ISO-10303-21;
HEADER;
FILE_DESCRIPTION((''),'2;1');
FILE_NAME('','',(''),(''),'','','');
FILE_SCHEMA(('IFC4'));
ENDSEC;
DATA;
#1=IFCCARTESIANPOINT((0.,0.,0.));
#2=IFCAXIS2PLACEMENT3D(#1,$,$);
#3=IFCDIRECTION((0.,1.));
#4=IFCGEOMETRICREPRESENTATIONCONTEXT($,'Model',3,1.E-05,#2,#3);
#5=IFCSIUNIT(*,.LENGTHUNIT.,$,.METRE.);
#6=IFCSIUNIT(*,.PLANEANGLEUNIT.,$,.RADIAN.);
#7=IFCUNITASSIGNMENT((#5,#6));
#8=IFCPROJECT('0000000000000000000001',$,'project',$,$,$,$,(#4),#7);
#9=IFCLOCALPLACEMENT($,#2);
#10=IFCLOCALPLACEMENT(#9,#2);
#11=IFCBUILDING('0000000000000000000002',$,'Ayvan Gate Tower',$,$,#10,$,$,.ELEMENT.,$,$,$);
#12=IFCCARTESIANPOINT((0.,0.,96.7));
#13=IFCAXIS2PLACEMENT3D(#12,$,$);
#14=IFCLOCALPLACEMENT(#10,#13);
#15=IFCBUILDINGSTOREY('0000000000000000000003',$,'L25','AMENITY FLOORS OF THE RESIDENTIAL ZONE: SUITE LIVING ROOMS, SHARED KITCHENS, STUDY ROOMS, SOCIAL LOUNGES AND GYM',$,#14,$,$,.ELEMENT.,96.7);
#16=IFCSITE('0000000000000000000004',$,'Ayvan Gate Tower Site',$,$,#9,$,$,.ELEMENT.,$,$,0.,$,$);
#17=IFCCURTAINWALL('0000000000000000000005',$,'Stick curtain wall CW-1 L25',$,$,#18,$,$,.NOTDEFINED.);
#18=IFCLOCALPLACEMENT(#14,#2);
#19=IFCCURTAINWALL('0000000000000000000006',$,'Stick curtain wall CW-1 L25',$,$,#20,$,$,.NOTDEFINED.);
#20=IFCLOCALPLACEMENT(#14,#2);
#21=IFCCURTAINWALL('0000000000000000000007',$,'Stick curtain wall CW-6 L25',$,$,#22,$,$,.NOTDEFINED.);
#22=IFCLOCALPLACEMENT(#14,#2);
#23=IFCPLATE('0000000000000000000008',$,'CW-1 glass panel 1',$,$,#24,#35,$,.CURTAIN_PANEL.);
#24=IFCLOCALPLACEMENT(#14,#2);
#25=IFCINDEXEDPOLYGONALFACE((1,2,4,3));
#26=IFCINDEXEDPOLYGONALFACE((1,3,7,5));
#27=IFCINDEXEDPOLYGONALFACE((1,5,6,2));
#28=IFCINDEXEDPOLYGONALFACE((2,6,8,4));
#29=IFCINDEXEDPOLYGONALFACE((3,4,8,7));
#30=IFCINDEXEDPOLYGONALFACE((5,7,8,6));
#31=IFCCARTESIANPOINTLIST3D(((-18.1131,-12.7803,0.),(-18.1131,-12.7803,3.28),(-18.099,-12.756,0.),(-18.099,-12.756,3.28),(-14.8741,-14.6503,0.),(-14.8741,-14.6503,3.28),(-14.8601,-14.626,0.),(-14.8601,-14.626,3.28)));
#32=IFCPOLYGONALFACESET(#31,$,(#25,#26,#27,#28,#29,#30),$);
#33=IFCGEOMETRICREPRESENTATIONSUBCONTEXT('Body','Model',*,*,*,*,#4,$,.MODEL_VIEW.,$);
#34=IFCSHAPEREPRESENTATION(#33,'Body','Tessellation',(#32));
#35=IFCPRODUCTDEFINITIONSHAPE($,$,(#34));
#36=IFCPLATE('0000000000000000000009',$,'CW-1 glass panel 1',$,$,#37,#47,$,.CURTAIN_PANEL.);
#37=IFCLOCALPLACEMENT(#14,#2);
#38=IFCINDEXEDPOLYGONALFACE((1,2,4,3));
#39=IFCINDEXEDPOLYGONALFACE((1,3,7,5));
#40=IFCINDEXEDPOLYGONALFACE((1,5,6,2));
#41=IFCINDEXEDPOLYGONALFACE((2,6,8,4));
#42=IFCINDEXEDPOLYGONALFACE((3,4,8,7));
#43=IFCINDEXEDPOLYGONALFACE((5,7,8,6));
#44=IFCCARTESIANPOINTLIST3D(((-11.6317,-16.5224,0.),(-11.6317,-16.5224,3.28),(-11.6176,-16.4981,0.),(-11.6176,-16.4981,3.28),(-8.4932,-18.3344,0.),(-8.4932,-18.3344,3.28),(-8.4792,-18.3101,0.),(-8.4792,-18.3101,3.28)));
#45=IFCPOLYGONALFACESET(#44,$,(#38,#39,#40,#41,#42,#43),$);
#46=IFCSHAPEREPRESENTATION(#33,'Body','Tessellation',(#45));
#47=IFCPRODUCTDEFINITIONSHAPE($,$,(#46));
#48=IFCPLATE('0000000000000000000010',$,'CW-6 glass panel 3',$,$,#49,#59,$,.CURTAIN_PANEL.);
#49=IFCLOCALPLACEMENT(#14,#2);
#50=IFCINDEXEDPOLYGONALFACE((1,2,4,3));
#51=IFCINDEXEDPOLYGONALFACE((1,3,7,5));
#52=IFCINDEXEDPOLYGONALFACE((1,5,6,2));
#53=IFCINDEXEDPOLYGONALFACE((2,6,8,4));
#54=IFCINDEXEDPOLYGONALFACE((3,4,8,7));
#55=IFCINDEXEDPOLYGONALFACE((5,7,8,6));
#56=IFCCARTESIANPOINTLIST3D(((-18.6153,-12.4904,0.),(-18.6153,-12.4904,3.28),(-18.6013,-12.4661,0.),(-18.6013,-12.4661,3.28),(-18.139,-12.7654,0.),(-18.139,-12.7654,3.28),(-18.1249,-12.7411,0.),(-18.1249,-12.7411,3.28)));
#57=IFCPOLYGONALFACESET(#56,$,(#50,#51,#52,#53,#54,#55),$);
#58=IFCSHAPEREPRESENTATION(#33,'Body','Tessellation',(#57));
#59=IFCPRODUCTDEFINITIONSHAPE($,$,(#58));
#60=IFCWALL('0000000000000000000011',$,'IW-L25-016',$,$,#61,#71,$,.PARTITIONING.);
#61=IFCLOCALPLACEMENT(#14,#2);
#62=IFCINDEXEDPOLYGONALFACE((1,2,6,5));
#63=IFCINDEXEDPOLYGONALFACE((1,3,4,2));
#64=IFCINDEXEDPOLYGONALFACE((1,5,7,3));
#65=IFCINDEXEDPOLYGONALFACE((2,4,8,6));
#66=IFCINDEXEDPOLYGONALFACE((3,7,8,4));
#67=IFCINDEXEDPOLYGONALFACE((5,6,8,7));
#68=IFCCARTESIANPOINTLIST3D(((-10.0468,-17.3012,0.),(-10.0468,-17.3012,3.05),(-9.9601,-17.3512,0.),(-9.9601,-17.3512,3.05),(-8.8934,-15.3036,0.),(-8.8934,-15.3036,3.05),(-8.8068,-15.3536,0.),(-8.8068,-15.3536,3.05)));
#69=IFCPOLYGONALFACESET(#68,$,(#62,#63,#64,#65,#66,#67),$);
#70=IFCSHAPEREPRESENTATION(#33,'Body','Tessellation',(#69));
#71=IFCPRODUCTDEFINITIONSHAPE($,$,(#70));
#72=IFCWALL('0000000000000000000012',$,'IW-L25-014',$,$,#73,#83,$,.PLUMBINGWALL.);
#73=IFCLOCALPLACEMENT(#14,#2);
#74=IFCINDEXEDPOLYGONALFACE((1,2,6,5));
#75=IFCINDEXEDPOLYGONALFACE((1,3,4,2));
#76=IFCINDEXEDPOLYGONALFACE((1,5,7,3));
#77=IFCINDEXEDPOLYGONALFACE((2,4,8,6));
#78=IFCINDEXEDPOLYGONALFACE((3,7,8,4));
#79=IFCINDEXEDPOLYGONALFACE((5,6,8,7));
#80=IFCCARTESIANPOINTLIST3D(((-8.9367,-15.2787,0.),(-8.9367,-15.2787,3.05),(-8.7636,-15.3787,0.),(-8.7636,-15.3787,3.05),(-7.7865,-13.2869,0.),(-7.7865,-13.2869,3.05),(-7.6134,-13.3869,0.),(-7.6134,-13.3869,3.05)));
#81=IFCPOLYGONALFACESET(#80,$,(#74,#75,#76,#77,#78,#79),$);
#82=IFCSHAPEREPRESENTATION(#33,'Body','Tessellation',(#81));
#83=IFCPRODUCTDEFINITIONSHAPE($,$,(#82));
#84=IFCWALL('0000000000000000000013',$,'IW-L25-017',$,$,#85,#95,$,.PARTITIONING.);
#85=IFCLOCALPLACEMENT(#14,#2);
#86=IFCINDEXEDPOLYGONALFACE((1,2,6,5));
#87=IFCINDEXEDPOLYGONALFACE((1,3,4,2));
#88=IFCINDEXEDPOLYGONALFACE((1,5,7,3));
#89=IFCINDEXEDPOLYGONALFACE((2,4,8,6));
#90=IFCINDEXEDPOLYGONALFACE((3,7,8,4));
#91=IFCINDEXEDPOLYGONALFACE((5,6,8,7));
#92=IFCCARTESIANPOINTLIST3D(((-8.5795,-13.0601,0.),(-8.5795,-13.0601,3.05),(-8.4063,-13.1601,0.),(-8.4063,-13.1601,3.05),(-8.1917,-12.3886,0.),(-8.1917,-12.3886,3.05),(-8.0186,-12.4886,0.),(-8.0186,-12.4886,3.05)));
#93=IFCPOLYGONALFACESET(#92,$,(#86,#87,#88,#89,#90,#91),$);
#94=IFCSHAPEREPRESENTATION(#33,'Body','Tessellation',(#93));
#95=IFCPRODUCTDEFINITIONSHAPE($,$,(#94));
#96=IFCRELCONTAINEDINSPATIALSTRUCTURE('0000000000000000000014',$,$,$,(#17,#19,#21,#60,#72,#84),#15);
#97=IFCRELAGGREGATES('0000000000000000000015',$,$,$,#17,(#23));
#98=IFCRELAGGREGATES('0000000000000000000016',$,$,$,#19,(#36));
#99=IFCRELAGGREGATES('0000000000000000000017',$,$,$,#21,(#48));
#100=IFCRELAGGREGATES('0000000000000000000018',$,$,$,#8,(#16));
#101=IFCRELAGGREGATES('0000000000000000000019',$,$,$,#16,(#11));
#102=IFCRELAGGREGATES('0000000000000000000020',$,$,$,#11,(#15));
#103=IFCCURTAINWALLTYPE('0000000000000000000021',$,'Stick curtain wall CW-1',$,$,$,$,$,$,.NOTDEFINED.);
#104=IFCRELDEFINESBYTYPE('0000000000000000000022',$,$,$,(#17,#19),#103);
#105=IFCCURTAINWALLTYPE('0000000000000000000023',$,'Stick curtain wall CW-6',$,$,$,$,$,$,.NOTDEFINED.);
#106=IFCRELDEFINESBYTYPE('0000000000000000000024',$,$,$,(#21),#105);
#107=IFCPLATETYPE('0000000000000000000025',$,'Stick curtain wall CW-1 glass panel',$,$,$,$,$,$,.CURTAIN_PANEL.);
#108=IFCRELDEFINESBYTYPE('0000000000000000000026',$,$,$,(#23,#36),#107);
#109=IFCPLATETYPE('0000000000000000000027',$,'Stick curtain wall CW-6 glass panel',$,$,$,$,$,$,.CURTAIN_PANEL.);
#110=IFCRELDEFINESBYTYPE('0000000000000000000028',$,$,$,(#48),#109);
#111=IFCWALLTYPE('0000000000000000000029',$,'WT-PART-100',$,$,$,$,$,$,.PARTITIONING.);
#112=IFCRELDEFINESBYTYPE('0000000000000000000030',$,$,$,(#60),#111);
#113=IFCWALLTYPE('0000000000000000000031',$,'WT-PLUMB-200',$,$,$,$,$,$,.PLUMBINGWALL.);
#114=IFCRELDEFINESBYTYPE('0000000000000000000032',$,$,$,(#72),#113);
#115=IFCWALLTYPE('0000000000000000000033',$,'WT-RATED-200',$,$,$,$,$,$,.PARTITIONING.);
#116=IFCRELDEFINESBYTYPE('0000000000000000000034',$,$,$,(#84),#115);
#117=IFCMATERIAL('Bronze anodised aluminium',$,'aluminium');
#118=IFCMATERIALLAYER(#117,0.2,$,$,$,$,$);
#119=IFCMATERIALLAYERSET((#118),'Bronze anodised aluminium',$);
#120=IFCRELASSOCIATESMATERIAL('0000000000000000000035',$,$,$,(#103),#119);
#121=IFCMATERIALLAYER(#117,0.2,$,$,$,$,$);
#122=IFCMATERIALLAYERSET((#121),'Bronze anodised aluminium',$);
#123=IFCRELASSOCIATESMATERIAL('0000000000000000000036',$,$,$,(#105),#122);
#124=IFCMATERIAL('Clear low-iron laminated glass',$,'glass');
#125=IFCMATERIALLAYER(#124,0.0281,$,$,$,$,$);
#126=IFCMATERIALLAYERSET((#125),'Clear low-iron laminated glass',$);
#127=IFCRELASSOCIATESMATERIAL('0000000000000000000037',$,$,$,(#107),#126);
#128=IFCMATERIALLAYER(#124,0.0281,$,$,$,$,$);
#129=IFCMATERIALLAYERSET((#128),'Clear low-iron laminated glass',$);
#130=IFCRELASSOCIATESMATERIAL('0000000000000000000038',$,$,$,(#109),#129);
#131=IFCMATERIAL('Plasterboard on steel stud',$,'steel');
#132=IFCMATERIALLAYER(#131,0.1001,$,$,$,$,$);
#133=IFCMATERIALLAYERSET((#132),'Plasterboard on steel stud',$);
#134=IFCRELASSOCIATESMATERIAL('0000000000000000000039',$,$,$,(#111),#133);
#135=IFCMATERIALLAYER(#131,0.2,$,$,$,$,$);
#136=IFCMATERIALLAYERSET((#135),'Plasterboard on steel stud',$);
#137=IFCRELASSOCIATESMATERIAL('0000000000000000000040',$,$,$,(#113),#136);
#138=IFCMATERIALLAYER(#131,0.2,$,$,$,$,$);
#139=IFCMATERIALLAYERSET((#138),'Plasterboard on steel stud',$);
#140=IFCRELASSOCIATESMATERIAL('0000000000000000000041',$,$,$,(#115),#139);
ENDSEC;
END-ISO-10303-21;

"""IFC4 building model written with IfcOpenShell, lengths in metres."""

from ifc_helpers import new_model, si_unit, direction, frame, frame_2d, origin, origin_2d, place, context, subcontext, project, spatial, rectangle, extrude, material, layer, layer_set, type_object, element, aggregate, save


model = new_model("IFC4")

# Units and contexts
model_context = context("Model", 3, precision=1e-05, world=origin(), true_north=direction((0.0, 1.0)))
body_context = subcontext(model_context, "Body", "Model", "MODEL_VIEW")
ifc_project = project(units=[si_unit("LENGTHUNIT", "METRE"), si_unit("PLANEANGLEUNIT", "RADIAN")], contexts=[model_context])

# Site, building, storey
site_placement = place(None, origin())
site = spatial("IfcSite", under=ifc_project, at=site_placement, Name="Ayvan Gate Tower Site", CompositionType="ELEMENT", RefElevation=0.0)
building_placement = place(site_placement, origin())
building = spatial("IfcBuilding", under=site, at=building_placement, Name="Ayvan Gate Tower", CompositionType="ELEMENT")
storey_placement = place(building_placement, frame((0.0, 0.0, 96.7)))
storey = spatial("IfcBuildingStorey", under=building, at=storey_placement, Name="L25", Description="AMENITY FLOORS OF THE RESIDENTIAL ZONE: SUITE LIVING ROOMS, SHARED KITCHENS, STUDY ROOMS, SOCIAL LOUNGES AND GYM", CompositionType="ELEMENT", Elevation=96.7)

# Curtain walls
ifc_material_1 = material(Name="Bronze anodised aluminium", Category="aluminium")
ifc_layer_1 = layer(ifc_material_1, 0.2)
ifc_layer_set_1 = layer_set([ifc_layer_1], Name="Bronze anodised aluminium")
curtain_wall_type_1 = type_object("IfcCurtainWallType", Name="Stick curtain wall CW-1", PredefinedType="NOTDEFINED", material=ifc_layer_set_1)
curtain_wall_1_placement = place(storey_placement, origin())
curtain_wall_1 = element("IfcCurtainWall", 1, at=curtain_wall_1_placement, inside=storey, type_object=curtain_wall_type_1, Name="Stick curtain wall CW-1 L25", PredefinedType="NOTDEFINED")
curtain_wall_2_placement = place(storey_placement, origin())
curtain_wall_2 = element("IfcCurtainWall", 2, at=curtain_wall_2_placement, inside=storey, type_object=curtain_wall_type_1, Name="Stick curtain wall CW-1 L25", PredefinedType="NOTDEFINED")

# Curtain wall
ifc_layer_2 = layer(ifc_material_1, 0.2)
ifc_layer_set_2 = layer_set([ifc_layer_2], Name="Bronze anodised aluminium")
curtain_wall_type_2 = type_object("IfcCurtainWallType", Name="Stick curtain wall CW-6", PredefinedType="NOTDEFINED", material=ifc_layer_set_2)
curtain_wall_3_placement = place(storey_placement, origin())
curtain_wall_3 = element("IfcCurtainWall", 3, at=curtain_wall_3_placement, inside=storey, type_object=curtain_wall_type_2, Name="Stick curtain wall CW-6 L25", PredefinedType="NOTDEFINED")

# Plates
ifc_material_2 = material(Name="Clear low-iron laminated glass", Category="glass")
ifc_layer_3 = layer(ifc_material_2, 0.0281)
ifc_layer_set_3 = layer_set([ifc_layer_3], Name="Clear low-iron laminated glass")
plate_type_1 = type_object("IfcPlateType", Name="Stick curtain wall CW-1 glass panel", PredefinedType="CURTAIN_PANEL", material=ifc_layer_set_3)
plate_1_placement = place(storey_placement, frame((-16.4866, -13.7031, 0.0), z_axis=(0.0, 0.0, 1.0), x_axis=(0.866025, -0.5, 0.0)))
plate_1 = element("IfcPlate", 4, at=plate_1_placement, type_object=plate_type_1, Name="CW-1 glass panel 1", PredefinedType="CURTAIN_PANEL", context=body_context, shape_type="SweptSolid", body=[
    extrude(rectangle(XDim=3.74, YDim=0.0281, at=origin_2d()), origin(), (0.0, 0.0, 1.0), 3.28),
])
aggregate(curtain_wall_1, [plate_1])
plate_2_placement = place(storey_placement, frame((-10.0554, -17.4163, 0.0), z_axis=(0.0, 0.0, 1.0), x_axis=(0.866025, -0.5, 0.0)))
plate_2 = element("IfcPlate", 5, at=plate_2_placement, type_object=plate_type_1, Name="CW-1 glass panel 1", PredefinedType="CURTAIN_PANEL", context=body_context, shape_type="SweptSolid", body=[
    extrude(rectangle(XDim=3.624, YDim=0.0281, at=origin_2d()), origin(), (0.0, 0.0, 1.0), 3.28),
])
aggregate(curtain_wall_2, [plate_2])
ifc_layer_4 = layer(ifc_material_2, 0.0281)
ifc_layer_set_4 = layer_set([ifc_layer_4], Name="Clear low-iron laminated glass")
plate_type_2 = type_object("IfcPlateType", Name="Stick curtain wall CW-6 glass panel", PredefinedType="CURTAIN_PANEL", material=ifc_layer_set_4)
plate_3_placement = place(storey_placement, frame((-18.3701, -12.6157, 0.0), z_axis=(0.0, 0.0, 1.0), x_axis=(0.866025, -0.5, 0.0)))
plate_3 = element("IfcPlate", 6, at=plate_3_placement, type_object=plate_type_2, Name="CW-6 glass panel 3", PredefinedType="CURTAIN_PANEL", context=body_context, shape_type="SweptSolid", body=[
    extrude(rectangle(XDim=0.55, YDim=0.0281, at=origin_2d()), origin(), (0.0, 0.0, 1.0), 3.28),
])
aggregate(curtain_wall_3, [plate_3])

# Walls
ifc_material_3 = material(Name="Plasterboard on steel stud", Category="steel")
ifc_layer_5 = layer(ifc_material_3, 0.1001)
ifc_layer_set_5 = layer_set([ifc_layer_5], Name="Plasterboard on steel stud")
wall_type_1 = type_object("IfcWallType", Name="WT-PART-100", PredefinedType="PARTITIONING", material=ifc_layer_set_5)
wall_1_placement = place(storey_placement, frame((-8.8501, -15.3286, 0.0), z_axis=(0.0, 0.0, 1.0), x_axis=(-0.50001, -0.86602, 0.0)))
element("IfcWall", 7, at=wall_1_placement, inside=storey, type_object=wall_type_1, Name="IW-L25-016", PredefinedType="PARTITIONING", context=body_context, shape_type="SweptSolid", body=[
    extrude(rectangle(XDim=2.3066, YDim=0.1001, at=frame_2d((1.1533, 0.0))), origin(), (0.0, 0.0, 1.0), 3.05),
])
ifc_layer_6 = layer(ifc_material_3, 0.2)
ifc_layer_set_6 = layer_set([ifc_layer_6], Name="Plasterboard on steel stud")
wall_type_2 = type_object("IfcWallType", Name="WT-PLUMB-200", PredefinedType="PLUMBINGWALL", material=ifc_layer_set_6)
wall_2_placement = place(storey_placement, frame((-8.8501, -15.3286, 0.0), z_axis=(0.0, 0.0, 1.0), x_axis=(0.500078, 0.865981, 0.0)))
element("IfcWall", 8, at=wall_2_placement, inside=storey, type_object=wall_type_2, Name="IW-L25-014", PredefinedType="PLUMBINGWALL", context=body_context, shape_type="SweptSolid", body=[
    extrude(rectangle(XDim=2.3, YDim=0.2, at=frame_2d((1.1499, 0.0))), origin(), (0.0, 0.0, 1.0), 3.05),
])
ifc_layer_7 = layer(ifc_material_3, 0.2)
ifc_layer_set_7 = layer_set([ifc_layer_7], Name="Plasterboard on steel stud")
wall_type_3 = type_object("IfcWallType", Name="WT-RATED-200", PredefinedType="PARTITIONING", material=ifc_layer_set_7)
wall_3_placement = place(storey_placement, frame((-8.4929, -13.1101, 0.0), z_axis=(0.0, 0.0, 1.0), x_axis=(0.500068, 0.865986, 0.0)))
element("IfcWall", 9, at=wall_3_placement, inside=storey, type_object=wall_type_3, Name="IW-L25-017", PredefinedType="PARTITIONING", context=body_context, shape_type="SweptSolid", body=[
    extrude(rectangle(XDim=0.7754, YDim=0.2, at=frame_2d((0.3877, 0.0))), origin(), (0.0, 0.0, 1.0), 3.05),
])

save(model, "model.ifc")
